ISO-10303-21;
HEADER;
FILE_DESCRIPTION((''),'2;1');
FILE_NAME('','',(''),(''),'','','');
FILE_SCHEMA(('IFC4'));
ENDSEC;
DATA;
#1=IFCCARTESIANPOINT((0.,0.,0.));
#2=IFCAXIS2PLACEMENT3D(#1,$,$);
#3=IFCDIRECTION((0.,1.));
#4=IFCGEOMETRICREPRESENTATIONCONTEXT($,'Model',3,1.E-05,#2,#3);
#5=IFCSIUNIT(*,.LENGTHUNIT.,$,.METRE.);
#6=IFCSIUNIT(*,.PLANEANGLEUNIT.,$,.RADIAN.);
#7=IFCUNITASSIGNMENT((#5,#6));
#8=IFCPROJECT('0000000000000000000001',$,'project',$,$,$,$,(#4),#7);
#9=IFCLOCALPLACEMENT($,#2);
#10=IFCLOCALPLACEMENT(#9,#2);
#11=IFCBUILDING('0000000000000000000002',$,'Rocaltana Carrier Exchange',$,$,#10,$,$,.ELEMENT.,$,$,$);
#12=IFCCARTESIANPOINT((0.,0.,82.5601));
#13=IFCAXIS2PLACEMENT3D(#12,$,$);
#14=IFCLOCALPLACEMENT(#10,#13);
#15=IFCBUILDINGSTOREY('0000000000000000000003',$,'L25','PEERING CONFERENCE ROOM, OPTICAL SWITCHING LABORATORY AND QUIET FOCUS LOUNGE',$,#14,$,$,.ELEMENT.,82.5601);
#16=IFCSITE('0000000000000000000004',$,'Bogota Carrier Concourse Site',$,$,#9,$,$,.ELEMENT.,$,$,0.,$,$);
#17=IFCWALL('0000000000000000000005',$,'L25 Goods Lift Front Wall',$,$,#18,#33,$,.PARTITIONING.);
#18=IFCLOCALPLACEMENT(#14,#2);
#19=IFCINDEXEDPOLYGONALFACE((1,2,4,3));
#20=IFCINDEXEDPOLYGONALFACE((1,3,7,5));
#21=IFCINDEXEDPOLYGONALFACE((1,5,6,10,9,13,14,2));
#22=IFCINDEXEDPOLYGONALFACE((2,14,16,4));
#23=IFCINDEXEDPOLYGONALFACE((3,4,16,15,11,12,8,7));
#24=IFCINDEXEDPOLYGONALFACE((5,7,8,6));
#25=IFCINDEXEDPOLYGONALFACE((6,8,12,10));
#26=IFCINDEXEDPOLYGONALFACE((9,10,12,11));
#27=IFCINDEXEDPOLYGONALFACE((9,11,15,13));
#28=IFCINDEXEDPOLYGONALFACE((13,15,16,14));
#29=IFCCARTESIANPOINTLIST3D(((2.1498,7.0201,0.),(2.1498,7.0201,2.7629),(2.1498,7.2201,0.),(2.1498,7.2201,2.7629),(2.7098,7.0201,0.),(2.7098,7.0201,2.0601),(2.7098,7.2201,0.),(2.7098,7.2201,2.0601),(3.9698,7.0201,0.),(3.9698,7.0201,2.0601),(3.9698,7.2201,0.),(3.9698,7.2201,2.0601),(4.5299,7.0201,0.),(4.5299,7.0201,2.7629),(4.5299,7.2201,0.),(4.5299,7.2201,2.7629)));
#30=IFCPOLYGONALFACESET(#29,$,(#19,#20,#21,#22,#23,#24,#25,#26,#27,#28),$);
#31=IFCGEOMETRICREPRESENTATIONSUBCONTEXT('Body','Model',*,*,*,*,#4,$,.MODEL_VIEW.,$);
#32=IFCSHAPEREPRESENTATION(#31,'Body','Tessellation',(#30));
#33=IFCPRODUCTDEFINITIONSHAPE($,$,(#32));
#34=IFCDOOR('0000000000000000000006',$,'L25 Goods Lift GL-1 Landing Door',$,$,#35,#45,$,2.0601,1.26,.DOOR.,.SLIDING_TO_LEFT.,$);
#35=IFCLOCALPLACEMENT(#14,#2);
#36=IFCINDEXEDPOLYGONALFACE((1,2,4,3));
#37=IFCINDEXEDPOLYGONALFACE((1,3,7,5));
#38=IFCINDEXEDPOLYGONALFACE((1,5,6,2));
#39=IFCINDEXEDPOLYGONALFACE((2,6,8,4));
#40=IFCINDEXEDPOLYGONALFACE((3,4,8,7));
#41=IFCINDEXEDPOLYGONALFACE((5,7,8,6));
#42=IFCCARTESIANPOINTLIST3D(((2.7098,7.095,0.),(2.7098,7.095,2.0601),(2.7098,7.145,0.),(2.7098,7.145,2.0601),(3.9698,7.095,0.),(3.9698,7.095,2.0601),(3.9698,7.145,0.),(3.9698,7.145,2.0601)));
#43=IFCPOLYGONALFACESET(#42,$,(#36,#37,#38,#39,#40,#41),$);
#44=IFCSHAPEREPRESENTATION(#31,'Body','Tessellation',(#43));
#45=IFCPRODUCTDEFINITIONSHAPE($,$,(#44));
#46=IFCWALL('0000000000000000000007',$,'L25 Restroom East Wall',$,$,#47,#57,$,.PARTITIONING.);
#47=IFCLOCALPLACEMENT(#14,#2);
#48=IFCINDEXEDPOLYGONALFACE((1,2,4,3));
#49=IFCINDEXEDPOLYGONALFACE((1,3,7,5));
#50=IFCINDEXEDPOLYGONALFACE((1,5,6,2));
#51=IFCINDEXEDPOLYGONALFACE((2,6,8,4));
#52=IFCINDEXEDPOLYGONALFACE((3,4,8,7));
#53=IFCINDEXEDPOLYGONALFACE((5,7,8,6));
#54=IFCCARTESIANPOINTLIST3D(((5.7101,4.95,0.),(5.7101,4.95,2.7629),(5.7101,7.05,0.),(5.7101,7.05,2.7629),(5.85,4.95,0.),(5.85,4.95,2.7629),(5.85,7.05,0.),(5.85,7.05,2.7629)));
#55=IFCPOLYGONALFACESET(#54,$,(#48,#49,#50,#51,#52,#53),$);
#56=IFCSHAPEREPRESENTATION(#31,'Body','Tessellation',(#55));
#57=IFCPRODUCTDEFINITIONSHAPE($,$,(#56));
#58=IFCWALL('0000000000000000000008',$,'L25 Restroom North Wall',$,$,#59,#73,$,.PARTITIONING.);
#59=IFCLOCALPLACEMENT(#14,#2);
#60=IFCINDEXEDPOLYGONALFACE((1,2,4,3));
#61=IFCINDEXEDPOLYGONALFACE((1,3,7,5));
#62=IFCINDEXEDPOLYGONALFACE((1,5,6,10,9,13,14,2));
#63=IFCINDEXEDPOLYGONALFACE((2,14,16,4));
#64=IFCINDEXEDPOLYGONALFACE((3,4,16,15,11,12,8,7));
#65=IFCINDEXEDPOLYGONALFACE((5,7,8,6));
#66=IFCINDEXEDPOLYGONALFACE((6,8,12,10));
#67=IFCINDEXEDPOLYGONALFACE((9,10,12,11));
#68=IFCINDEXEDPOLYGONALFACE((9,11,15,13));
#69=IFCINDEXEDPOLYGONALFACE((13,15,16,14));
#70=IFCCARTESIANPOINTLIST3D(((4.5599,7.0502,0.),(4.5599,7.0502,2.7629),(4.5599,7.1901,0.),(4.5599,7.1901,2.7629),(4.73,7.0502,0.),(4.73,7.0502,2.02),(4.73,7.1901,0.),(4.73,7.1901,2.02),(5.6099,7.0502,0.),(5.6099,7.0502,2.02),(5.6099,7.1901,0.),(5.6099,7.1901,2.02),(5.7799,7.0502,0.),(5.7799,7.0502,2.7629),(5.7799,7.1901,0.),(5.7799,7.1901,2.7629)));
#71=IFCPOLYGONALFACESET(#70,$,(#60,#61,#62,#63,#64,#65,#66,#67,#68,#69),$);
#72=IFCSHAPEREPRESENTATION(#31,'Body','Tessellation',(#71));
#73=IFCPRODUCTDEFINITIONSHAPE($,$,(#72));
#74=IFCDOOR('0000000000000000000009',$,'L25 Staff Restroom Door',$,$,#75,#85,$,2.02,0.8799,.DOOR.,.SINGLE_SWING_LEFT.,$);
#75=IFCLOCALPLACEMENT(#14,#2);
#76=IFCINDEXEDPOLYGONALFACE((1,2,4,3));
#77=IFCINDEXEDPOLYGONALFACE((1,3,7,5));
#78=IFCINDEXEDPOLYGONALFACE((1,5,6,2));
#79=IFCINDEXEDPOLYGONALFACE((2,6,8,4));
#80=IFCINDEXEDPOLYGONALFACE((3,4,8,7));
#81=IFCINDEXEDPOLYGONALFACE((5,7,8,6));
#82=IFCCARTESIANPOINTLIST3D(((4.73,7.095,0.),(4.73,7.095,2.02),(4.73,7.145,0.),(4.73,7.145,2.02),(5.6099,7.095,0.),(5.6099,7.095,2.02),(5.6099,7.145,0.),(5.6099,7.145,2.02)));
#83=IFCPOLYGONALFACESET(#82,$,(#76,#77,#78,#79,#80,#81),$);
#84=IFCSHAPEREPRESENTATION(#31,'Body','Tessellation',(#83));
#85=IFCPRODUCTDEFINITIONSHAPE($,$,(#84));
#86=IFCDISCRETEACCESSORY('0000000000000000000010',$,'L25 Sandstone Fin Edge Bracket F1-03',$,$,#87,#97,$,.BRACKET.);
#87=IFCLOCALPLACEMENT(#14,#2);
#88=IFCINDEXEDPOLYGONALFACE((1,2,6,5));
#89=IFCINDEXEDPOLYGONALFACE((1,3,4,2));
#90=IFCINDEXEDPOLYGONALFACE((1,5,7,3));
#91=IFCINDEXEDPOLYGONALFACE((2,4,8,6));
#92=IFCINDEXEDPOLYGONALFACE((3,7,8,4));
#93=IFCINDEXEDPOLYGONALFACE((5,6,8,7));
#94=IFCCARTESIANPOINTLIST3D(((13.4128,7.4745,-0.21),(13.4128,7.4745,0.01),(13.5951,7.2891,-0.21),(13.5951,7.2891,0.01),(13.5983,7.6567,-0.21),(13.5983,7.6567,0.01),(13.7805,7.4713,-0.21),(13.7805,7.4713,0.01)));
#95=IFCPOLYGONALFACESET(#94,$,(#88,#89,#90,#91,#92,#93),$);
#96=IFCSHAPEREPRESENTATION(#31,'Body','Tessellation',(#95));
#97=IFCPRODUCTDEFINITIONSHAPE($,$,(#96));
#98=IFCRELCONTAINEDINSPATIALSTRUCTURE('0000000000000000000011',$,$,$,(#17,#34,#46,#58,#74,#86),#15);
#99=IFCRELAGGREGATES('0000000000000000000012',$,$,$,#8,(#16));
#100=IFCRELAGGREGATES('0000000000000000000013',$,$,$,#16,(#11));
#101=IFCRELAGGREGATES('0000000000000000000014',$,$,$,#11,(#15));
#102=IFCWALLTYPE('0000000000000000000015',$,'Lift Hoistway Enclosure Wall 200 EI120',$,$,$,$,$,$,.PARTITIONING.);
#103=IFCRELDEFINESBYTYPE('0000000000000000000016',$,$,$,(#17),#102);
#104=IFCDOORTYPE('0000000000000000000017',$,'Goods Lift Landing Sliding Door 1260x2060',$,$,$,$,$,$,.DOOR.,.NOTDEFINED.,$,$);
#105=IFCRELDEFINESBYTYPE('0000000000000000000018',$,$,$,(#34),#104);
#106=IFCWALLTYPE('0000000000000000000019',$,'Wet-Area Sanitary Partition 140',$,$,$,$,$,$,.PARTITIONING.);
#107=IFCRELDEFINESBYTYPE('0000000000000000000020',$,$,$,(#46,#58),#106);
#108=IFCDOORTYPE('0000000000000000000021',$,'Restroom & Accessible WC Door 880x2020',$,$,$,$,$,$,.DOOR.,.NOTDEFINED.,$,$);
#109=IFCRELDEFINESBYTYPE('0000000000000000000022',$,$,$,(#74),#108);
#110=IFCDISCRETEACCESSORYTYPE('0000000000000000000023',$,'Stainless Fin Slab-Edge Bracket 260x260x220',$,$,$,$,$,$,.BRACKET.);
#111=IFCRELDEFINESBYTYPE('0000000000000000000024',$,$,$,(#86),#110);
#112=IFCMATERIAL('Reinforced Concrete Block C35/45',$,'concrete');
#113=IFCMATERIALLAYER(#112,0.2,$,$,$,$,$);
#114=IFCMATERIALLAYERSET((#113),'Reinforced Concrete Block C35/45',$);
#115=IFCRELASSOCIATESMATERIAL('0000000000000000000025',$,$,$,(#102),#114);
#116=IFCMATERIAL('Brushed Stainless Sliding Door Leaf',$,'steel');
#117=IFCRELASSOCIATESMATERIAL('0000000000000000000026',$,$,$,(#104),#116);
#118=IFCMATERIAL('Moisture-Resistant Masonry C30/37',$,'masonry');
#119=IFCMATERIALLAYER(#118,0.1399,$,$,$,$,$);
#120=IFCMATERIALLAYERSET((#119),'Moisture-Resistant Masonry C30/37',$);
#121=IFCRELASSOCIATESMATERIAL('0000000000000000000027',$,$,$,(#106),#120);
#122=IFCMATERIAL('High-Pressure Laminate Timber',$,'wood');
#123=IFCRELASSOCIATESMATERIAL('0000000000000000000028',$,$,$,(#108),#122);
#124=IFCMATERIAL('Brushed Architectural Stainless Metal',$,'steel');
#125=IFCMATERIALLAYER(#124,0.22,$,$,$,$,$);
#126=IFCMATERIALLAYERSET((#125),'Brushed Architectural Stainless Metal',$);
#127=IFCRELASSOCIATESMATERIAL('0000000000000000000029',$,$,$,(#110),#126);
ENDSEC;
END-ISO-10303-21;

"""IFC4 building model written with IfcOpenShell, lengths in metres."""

from ifc_helpers import new_model, si_unit, direction, frame, frame_2d, origin, origin_2d, place, context, subcontext, project, spatial, rectangle, extrude, material, layer, layer_set, type_object, element, fill, save


model = new_model("IFC4")

# Units and contexts
model_context = context("Model", 3, precision=1e-05, world=origin(), true_north=direction((0.0, 1.0)))
body_context = subcontext(model_context, "Body", "Model", "MODEL_VIEW")
ifc_project = project(units=[si_unit("LENGTHUNIT", "METRE"), si_unit("PLANEANGLEUNIT", "RADIAN")], contexts=[model_context])

# Site, building, storey
site_placement = place(None, origin())
site = spatial("IfcSite", under=ifc_project, at=site_placement, Name="Bogota Carrier Concourse Site", CompositionType="ELEMENT", RefElevation=0.0)
building_placement = place(site_placement, origin())
building = spatial("IfcBuilding", under=site, at=building_placement, Name="Rocaltana Carrier Exchange", CompositionType="ELEMENT")
storey_placement = place(building_placement, frame((0.0, 0.0, 82.5601)))
storey = spatial("IfcBuildingStorey", under=building, at=storey_placement, Name="L25", Description="PEERING CONFERENCE ROOM, OPTICAL SWITCHING LABORATORY AND QUIET FOCUS LOUNGE", CompositionType="ELEMENT", Elevation=82.5601)

# Shared definitions
ifc_material_1 = material(Name="Reinforced Concrete Block C35/45", Category="concrete")
ifc_layer_1 = layer(ifc_material_1, 0.2)
ifc_layer_set_1 = layer_set([ifc_layer_1], Name="Reinforced Concrete Block C35/45")
wall_type_1 = type_object("IfcWallType", Name="Lift Hoistway Enclosure Wall 200 EI120", PredefinedType="PARTITIONING", material=ifc_layer_set_1)

# Wall, opening, door
wall_1_placement = place(storey_placement, frame((2.1499, 7.1201, 0.0), z_axis=(0.0, 0.0, 1.0), x_axis=(1.0, 0.0, 0.0)))
wall_1 = element("IfcWall", 1, at=wall_1_placement, inside=storey, type_object=wall_type_1, Name="L25 Goods Lift Front Wall", PredefinedType="PARTITIONING", context=body_context, shape_type="SweptSolid", body=[
    extrude(rectangle(XDim=2.3801, YDim=0.2, at=frame_2d((1.1899, 0.0))), origin(), (0.0, 0.0, 1.0), 2.7629),
])
opening_1_placement = place(wall_1_placement, frame((0.5601, 0.0, 0.0)))
opening_1 = element("IfcOpeningElement", 2, at=opening_1_placement, cuts=wall_1, PredefinedType="OPENING", context=body_context, shape_type="SweptSolid", body=[
    extrude(rectangle(XDim=1.26, YDim=2.0601, at=frame_2d((0.6299, 1.03))), frame((0.0, 0.1099, 0.0), z_axis=(0.0, -1.0, 0.0), x_axis=(1.0, 0.0, 0.0)), (0.0, 0.0, 1.0), 0.22),
])
ifc_material_2 = material(Name="Brushed Stainless Sliding Door Leaf", Category="steel")
door_type_1 = type_object("IfcDoorType", Name="Goods Lift Landing Sliding Door 1260x2060", OperationType="NOTDEFINED", PredefinedType="DOOR", material=ifc_material_2)
door_1_placement = place(opening_1_placement, origin())
door_1 = element("IfcDoor", 3, at=door_1_placement, inside=storey, type_object=door_type_1, Name="L25 Goods Lift GL-1 Landing Door", OperationType="SLIDING_TO_LEFT", OverallHeight=2.0601, OverallWidth=1.26, PredefinedType="DOOR", context=body_context, shape_type="SweptSolid", body=[
    extrude(rectangle(XDim=1.26, YDim=2.0601, at=frame_2d((0.6299, 1.03))), frame((0.0, 0.0249, 0.0), z_axis=(0.0, -1.0, 0.0), x_axis=(1.0, 0.0, 0.0)), (0.0, 0.0, 1.0), 0.05),
])
fill(opening_1, door_1)

# Wall
ifc_material_3 = material(Name="Moisture-Resistant Masonry C30/37", Category="masonry")
ifc_layer_2 = layer(ifc_material_3, 0.1399)
ifc_layer_set_2 = layer_set([ifc_layer_2], Name="Moisture-Resistant Masonry C30/37")
wall_type_2 = type_object("IfcWallType", Name="Wet-Area Sanitary Partition 140", PredefinedType="PARTITIONING", material=ifc_layer_set_2)
wall_2_placement = place(storey_placement, frame((5.78, 4.95, 0.0), z_axis=(0.0, 0.0, 1.0), x_axis=(0.0, 1.0, 0.0)))
element("IfcWall", 4, at=wall_2_placement, inside=storey, type_object=wall_type_2, Name="L25 Restroom East Wall", PredefinedType="PARTITIONING", context=body_context, shape_type="SweptSolid", body=[
    extrude(rectangle(XDim=2.1001, YDim=0.1399, at=frame_2d((1.05, 0.0))), origin(), (0.0, 0.0, 1.0), 2.7629),
])

# Wall, opening, door
wall_3_placement = place(storey_placement, frame((4.5601, 7.1201, 0.0), z_axis=(0.0, 0.0, 1.0), x_axis=(1.0, 0.0, 0.0)))
wall_3 = element("IfcWall", 5, at=wall_3_placement, inside=storey, type_object=wall_type_2, Name="L25 Restroom North Wall", PredefinedType="PARTITIONING", context=body_context, shape_type="SweptSolid", body=[
    extrude(rectangle(XDim=1.22, YDim=0.1399, at=frame_2d((0.6099, 0.0))), origin(), (0.0, 0.0, 1.0), 2.7629),
])
opening_2_placement = place(wall_3_placement, frame((0.1699, 0.0, 0.0)))
opening_2 = element("IfcOpeningElement", 6, at=opening_2_placement, cuts=wall_3, PredefinedType="OPENING", context=body_context, shape_type="SweptSolid", body=[
    extrude(rectangle(XDim=0.8799, YDim=2.02, at=frame_2d((0.4399, 1.01))), frame((0.0, 0.0798, 0.0), z_axis=(0.0, -1.0, 0.0), x_axis=(1.0, 0.0, 0.0)), (0.0, 0.0, 1.0), 0.1599),
])
ifc_material_4 = material(Name="High-Pressure Laminate Timber", Category="wood")
door_type_2 = type_object("IfcDoorType", Name="Restroom & Accessible WC Door 880x2020", OperationType="NOTDEFINED", PredefinedType="DOOR", material=ifc_material_4)
door_2_placement = place(opening_2_placement, origin())
door_2 = element("IfcDoor", 7, at=door_2_placement, inside=storey, type_object=door_type_2, Name="L25 Staff Restroom Door", OperationType="SINGLE_SWING_LEFT", OverallHeight=2.02, OverallWidth=0.8799, PredefinedType="DOOR", context=body_context, shape_type="SweptSolid", body=[
    extrude(rectangle(XDim=0.8799, YDim=2.02, at=frame_2d((0.4399, 1.01))), frame((0.0, 0.0249, 0.0), z_axis=(0.0, -1.0, 0.0), x_axis=(1.0, 0.0, 0.0)), (0.0, 0.0, 1.0), 0.05),
])
fill(opening_2, door_2)

# Discrete accessory
ifc_material_5 = material(Name="Brushed Architectural Stainless Metal", Category="steel")
ifc_layer_3 = layer(ifc_material_5, 0.22)
ifc_layer_set_3 = layer_set([ifc_layer_3], Name="Brushed Architectural Stainless Metal")
discrete_accessory_type = type_object("IfcDiscreteAccessoryType", Name="Stainless Fin Slab-Edge Bracket 260x260x220", PredefinedType="BRACKET", material=ifc_layer_set_3)
discrete_accessory_placement = place(storey_placement, frame((13.5967, 7.4729, -0.21), z_axis=(0.0, 0.0, 1.0), x_axis=(-0.700909, 0.71325, 0.0)))
element("IfcDiscreteAccessory", 8, at=discrete_accessory_placement, inside=storey, type_object=discrete_accessory_type, Name="L25 Sandstone Fin Edge Bracket F1-03", PredefinedType="BRACKET", context=body_context, shape_type="SweptSolid", body=[
    extrude(rectangle(XDim=0.26, YDim=0.26, at=origin_2d()), origin(), (0.0, 0.0, 1.0), 0.22),
])

save(model, "model.ifc")
